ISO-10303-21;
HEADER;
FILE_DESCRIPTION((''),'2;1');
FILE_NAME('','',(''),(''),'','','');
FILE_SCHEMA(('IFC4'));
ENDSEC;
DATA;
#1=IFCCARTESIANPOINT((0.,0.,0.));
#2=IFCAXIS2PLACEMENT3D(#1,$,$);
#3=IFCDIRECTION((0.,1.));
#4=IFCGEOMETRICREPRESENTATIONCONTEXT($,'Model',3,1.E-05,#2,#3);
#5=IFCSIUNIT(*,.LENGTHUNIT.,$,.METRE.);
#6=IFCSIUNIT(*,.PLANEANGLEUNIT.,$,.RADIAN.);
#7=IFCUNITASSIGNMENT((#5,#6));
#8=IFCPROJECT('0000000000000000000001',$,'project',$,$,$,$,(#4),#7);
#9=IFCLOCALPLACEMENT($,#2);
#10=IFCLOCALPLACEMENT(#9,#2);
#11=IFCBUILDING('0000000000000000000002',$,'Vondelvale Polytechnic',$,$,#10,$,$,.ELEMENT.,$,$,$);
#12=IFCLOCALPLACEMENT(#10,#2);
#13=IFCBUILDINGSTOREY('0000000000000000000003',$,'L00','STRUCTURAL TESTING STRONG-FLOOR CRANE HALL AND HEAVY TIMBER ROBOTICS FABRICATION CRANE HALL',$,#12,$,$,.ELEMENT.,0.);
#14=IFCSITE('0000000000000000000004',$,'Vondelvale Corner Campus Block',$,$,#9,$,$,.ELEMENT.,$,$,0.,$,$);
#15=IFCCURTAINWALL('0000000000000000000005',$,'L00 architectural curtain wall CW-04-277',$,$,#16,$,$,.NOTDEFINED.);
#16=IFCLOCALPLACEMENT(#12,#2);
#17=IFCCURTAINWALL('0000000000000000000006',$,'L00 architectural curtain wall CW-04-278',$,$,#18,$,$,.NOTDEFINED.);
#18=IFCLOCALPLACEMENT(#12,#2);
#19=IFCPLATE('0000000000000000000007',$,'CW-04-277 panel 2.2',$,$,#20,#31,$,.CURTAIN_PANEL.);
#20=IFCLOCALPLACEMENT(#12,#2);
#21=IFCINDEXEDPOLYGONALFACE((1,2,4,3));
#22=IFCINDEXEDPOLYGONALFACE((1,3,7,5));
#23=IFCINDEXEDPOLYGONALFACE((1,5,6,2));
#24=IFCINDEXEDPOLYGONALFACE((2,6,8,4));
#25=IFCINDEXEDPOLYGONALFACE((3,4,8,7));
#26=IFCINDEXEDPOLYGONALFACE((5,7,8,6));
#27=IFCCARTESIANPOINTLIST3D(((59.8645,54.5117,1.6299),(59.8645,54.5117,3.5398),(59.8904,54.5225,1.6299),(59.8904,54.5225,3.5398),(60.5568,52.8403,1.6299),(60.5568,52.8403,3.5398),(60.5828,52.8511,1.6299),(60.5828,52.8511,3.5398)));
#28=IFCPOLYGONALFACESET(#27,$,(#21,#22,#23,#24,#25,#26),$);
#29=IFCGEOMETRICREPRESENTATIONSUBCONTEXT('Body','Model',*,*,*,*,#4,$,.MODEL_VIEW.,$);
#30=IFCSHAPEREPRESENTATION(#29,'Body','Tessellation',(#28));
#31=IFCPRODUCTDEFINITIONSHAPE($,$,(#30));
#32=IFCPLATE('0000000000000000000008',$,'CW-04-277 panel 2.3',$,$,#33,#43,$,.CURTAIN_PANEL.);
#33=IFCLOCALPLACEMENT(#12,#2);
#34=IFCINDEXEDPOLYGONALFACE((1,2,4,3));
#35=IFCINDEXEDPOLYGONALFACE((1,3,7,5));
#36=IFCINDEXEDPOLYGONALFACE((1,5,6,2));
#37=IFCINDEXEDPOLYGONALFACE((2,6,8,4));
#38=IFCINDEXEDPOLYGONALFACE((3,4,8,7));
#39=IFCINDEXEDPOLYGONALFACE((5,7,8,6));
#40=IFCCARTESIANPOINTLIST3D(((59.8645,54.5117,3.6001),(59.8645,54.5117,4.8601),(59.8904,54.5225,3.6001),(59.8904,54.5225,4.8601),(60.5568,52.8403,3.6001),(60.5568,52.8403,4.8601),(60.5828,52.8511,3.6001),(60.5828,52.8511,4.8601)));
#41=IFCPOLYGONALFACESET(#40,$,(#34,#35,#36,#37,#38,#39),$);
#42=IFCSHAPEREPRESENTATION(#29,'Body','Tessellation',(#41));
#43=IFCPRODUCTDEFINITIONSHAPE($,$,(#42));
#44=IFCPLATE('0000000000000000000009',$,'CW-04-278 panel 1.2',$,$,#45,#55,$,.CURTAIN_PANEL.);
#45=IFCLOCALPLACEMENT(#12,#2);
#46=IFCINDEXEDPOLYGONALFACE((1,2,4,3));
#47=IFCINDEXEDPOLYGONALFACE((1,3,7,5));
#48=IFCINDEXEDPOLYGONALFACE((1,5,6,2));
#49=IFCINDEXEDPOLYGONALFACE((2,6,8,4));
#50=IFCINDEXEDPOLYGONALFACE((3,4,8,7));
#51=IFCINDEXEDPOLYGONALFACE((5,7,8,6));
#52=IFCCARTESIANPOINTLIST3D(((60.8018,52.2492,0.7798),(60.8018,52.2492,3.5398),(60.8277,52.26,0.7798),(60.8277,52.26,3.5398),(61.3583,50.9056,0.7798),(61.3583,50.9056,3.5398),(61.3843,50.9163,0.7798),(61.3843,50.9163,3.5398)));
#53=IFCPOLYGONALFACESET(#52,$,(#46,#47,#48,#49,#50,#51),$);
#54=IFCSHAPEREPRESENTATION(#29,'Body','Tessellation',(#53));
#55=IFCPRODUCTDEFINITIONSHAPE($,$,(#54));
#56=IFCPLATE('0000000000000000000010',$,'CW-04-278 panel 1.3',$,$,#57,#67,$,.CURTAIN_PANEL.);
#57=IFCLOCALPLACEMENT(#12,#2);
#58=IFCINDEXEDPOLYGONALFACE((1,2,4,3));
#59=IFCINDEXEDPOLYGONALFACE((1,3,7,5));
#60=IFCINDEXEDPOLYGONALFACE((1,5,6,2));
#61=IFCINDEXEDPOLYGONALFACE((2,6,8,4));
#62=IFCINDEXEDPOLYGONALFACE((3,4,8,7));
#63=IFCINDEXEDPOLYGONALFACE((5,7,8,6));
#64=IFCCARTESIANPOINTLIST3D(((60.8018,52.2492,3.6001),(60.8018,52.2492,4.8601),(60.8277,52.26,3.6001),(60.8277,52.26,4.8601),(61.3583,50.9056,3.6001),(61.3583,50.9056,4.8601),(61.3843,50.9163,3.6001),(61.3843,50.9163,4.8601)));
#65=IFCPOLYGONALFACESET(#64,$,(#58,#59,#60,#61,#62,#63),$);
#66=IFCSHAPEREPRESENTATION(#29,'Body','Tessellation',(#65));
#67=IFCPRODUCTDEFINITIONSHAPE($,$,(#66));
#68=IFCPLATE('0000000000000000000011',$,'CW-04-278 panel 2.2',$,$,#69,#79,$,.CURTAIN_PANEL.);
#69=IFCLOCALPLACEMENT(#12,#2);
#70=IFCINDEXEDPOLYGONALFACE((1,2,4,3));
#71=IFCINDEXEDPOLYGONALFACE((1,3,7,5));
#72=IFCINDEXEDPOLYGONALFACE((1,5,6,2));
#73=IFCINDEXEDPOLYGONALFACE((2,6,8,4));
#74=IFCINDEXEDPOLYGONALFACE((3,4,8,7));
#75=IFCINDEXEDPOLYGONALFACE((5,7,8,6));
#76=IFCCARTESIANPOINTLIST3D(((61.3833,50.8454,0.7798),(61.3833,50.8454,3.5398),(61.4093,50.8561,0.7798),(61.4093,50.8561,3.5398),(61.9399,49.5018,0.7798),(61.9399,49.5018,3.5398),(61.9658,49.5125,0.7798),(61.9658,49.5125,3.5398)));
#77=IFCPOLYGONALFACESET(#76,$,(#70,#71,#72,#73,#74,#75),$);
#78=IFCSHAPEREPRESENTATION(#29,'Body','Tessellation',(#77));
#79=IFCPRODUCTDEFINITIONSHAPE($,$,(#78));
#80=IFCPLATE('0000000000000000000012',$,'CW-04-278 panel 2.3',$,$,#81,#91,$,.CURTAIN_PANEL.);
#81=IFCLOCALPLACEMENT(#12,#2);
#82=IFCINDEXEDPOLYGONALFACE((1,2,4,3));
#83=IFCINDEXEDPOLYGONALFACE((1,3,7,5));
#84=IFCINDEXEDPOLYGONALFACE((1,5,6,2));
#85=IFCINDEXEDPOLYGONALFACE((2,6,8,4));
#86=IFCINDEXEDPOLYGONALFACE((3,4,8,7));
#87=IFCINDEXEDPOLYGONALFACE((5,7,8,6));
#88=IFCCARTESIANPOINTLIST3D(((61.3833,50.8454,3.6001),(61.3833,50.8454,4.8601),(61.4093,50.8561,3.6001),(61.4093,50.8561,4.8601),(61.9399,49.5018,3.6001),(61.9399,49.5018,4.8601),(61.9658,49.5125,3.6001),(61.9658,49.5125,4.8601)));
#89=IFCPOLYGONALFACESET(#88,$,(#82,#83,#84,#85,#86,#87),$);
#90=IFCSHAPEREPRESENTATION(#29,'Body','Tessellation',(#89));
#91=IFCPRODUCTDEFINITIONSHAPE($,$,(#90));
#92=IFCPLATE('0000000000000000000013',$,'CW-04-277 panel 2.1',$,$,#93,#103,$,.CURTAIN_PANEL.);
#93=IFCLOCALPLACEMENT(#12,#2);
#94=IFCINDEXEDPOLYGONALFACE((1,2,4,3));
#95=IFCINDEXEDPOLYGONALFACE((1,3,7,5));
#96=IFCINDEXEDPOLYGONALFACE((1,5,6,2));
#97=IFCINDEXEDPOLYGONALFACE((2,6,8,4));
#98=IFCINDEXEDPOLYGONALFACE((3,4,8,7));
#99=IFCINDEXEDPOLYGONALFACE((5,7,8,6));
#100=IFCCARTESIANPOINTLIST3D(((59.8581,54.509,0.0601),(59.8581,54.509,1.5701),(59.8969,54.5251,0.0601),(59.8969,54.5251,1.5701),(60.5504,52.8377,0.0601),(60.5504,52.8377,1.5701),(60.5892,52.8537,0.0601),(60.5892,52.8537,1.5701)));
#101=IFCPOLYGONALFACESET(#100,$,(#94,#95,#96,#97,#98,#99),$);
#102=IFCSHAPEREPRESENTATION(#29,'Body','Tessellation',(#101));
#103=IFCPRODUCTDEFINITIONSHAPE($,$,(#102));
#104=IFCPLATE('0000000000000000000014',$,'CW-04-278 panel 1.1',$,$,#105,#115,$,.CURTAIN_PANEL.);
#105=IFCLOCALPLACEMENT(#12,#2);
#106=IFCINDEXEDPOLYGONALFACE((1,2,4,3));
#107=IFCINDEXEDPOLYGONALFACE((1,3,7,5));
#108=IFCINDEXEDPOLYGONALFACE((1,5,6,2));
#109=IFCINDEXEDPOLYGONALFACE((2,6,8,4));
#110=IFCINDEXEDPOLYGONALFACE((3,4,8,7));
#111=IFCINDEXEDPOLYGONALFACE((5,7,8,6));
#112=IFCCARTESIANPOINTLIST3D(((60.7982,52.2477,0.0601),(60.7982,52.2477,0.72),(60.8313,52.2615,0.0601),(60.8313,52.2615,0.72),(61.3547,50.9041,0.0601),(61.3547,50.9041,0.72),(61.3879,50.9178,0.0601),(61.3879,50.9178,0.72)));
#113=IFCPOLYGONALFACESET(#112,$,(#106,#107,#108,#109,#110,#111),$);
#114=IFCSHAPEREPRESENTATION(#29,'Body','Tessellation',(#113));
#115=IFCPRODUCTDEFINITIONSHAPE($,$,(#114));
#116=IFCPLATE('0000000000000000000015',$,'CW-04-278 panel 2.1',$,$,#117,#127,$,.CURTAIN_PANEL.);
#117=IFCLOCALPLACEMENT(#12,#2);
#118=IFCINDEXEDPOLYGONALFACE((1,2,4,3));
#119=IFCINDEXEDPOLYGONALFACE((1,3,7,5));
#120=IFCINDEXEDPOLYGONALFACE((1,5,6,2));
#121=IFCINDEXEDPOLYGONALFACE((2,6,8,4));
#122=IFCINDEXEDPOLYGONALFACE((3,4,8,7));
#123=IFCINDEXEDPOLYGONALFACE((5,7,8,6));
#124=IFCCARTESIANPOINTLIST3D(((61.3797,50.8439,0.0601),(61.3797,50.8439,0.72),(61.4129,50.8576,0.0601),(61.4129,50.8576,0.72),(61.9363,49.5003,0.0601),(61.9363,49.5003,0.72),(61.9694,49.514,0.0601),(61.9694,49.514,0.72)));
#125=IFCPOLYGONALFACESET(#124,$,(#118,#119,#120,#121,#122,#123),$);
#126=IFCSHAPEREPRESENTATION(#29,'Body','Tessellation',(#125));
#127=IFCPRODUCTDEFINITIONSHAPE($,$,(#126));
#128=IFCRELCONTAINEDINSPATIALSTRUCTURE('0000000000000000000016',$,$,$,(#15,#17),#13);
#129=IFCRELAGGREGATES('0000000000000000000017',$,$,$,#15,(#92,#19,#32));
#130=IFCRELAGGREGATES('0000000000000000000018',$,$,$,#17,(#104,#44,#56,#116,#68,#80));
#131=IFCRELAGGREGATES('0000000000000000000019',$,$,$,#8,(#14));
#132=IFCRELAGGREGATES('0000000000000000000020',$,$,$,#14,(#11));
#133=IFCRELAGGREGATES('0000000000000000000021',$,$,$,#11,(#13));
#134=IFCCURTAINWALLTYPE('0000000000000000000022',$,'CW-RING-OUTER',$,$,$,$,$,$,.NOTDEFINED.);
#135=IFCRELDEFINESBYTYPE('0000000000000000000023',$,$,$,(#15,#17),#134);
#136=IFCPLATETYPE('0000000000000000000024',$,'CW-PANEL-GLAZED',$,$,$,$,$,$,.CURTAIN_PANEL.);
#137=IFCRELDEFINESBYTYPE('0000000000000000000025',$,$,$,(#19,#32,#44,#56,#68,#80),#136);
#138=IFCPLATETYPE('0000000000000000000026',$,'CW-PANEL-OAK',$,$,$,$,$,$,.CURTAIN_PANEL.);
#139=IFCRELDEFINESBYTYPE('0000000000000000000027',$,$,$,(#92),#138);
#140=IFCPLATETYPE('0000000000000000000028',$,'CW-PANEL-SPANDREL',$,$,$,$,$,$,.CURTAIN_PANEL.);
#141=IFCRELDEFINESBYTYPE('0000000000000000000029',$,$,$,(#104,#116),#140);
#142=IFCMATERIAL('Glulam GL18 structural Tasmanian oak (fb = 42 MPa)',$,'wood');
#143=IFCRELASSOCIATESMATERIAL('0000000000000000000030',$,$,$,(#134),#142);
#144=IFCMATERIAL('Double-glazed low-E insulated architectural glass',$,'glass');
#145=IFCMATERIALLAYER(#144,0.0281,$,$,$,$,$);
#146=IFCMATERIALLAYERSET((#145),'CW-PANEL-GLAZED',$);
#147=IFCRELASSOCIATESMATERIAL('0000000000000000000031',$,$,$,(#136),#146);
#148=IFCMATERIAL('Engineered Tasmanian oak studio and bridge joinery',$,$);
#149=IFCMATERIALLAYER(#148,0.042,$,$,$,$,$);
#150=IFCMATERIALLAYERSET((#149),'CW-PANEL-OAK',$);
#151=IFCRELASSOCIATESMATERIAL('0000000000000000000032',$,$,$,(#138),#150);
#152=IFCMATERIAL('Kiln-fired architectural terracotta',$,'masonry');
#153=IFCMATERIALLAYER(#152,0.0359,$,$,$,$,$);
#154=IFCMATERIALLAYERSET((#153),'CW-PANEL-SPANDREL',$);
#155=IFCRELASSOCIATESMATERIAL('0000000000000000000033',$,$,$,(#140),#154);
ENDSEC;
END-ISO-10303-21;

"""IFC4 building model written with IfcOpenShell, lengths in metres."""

from ifc_helpers import new_model, si_unit, direction, frame, origin, origin_2d, place, context, subcontext, project, spatial, rectangle, extrude, material, layer, layer_set, type_object, element, aggregate, save


model = new_model("IFC4")

# Units and contexts
model_context = context("Model", 3, precision=1e-05, world=origin(), true_north=direction((0.0, 1.0)))
body_context = subcontext(model_context, "Body", "Model", "MODEL_VIEW")
ifc_project = project(units=[si_unit("LENGTHUNIT", "METRE"), si_unit("PLANEANGLEUNIT", "RADIAN")], contexts=[model_context])

# Site, building, storey
site_placement = place(None, origin())
site = spatial("IfcSite", under=ifc_project, at=site_placement, Name="Vondelvale Corner Campus Block", CompositionType="ELEMENT", RefElevation=0.0)
building_placement = place(site_placement, origin())
building = spatial("IfcBuilding", under=site, at=building_placement, Name="Vondelvale Polytechnic", CompositionType="ELEMENT")
storey_placement = place(building_placement, origin())
storey = spatial("IfcBuildingStorey", under=building, at=storey_placement, Name="L00", Description="STRUCTURAL TESTING STRONG-FLOOR CRANE HALL AND HEAVY TIMBER ROBOTICS FABRICATION CRANE HALL", CompositionType="ELEMENT", Elevation=0.0)

# Shared definitions
ifc_material_1 = material(Name="Glulam GL18 structural Tasmanian oak (fb = 42 MPa)", Category="wood")

# Curtain wall
curtain_wall_type = type_object("IfcCurtainWallType", Name="CW-RING-OUTER", PredefinedType="NOTDEFINED", material=ifc_material_1)
curtain_wall_1_placement = place(storey_placement, origin())
curtain_wall_1 = element("IfcCurtainWall", 1, at=curtain_wall_1_placement, inside=storey, type_object=curtain_wall_type, Name="L00 architectural curtain wall CW-04-277", PredefinedType="NOTDEFINED")

# Curtain wall
curtain_wall_2_placement = place(storey_placement, origin())
curtain_wall_2 = element("IfcCurtainWall", 2, at=curtain_wall_2_placement, inside=storey, type_object=curtain_wall_type, Name="L00 architectural curtain wall CW-04-278", PredefinedType="NOTDEFINED")

# Plates
ifc_material_2 = material(Name="Double-glazed low-E insulated architectural glass", Category="glass")
ifc_layer_1 = layer(ifc_material_2, 0.0281)
ifc_layer_set_1 = layer_set([ifc_layer_1], Name="CW-PANEL-GLAZED")
plate_type_1 = type_object("IfcPlateType", Name="CW-PANEL-GLAZED", PredefinedType="CURTAIN_PANEL", material=ifc_layer_set_1)
plate_1_placement = place(storey_placement, frame((60.2236, 53.6814, 1.6299), z_axis=(0.0, 0.0, 1.0), x_axis=(0.382695, -0.923875, 0.0)))
plate_1 = element("IfcPlate", 3, at=plate_1_placement, type_object=plate_type_1, Name="CW-04-277 panel 2.2", PredefinedType="CURTAIN_PANEL", context=body_context, shape_type="SweptSolid", body=[
    extrude(rectangle(XDim=1.8091, YDim=0.0281, at=origin_2d()), origin(), (0.0, 0.0, 1.0), 1.9099),
])
plate_2_placement = place(storey_placement, frame((60.2236, 53.6814, 3.6001), z_axis=(0.0, 0.0, 1.0), x_axis=(0.382695, -0.923875, 0.0)))
plate_2 = element("IfcPlate", 4, at=plate_2_placement, type_object=plate_type_1, Name="CW-04-277 panel 2.3", PredefinedType="CURTAIN_PANEL", context=body_context, shape_type="SweptSolid", body=[
    extrude(rectangle(XDim=1.8091, YDim=0.0281, at=origin_2d()), origin(), (0.0, 0.0, 1.0), 1.26),
])
plate_3_placement = place(storey_placement, frame((61.093, 51.5828, 0.7798), z_axis=(0.0, 0.0, 1.0), x_axis=(0.382679, -0.923881, 0.0)))
plate_3 = element("IfcPlate", 5, at=plate_3_placement, type_object=plate_type_1, Name="CW-04-278 panel 1.2", PredefinedType="CURTAIN_PANEL", context=body_context, shape_type="SweptSolid", body=[
    extrude(rectangle(XDim=1.4543, YDim=0.0281, at=origin_2d()), origin(), (0.0, 0.0, 1.0), 2.76),
])
plate_4_placement = place(storey_placement, frame((61.093, 51.5828, 3.6001), z_axis=(0.0, 0.0, 1.0), x_axis=(0.382679, -0.923881, 0.0)))
plate_4 = element("IfcPlate", 6, at=plate_4_placement, type_object=plate_type_1, Name="CW-04-278 panel 1.3", PredefinedType="CURTAIN_PANEL", context=body_context, shape_type="SweptSolid", body=[
    extrude(rectangle(XDim=1.4543, YDim=0.0281, at=origin_2d()), origin(), (0.0, 0.0, 1.0), 1.26),
])
plate_5_placement = place(storey_placement, frame((61.6746, 50.179, 0.7798), z_axis=(0.0, 0.0, 1.0), x_axis=(0.382679, -0.923881, 0.0)))
plate_5 = element("IfcPlate", 7, at=plate_5_placement, type_object=plate_type_1, Name="CW-04-278 panel 2.2", PredefinedType="CURTAIN_PANEL", context=body_context, shape_type="SweptSolid", body=[
    extrude(rectangle(XDim=1.4543, YDim=0.0281, at=origin_2d()), origin(), (0.0, 0.0, 1.0), 2.76),
])
plate_6_placement = place(storey_placement, frame((61.6746, 50.179, 3.6001), z_axis=(0.0, 0.0, 1.0), x_axis=(0.382679, -0.923881, 0.0)))
plate_6 = element("IfcPlate", 8, at=plate_6_placement, type_object=plate_type_1, Name="CW-04-278 panel 2.3", PredefinedType="CURTAIN_PANEL", context=body_context, shape_type="SweptSolid", body=[
    extrude(rectangle(XDim=1.4543, YDim=0.0281, at=origin_2d()), origin(), (0.0, 0.0, 1.0), 1.26),
])
ifc_material_3 = material(Name="Engineered Tasmanian oak studio and bridge joinery")
ifc_layer_2 = layer(ifc_material_3, 0.042)
ifc_layer_set_2 = layer_set([ifc_layer_2], Name="CW-PANEL-OAK")
plate_type_2 = type_object("IfcPlateType", Name="CW-PANEL-OAK", PredefinedType="CURTAIN_PANEL", material=ifc_layer_set_2)
plate_7_placement = place(storey_placement, frame((60.2236, 53.6814, 0.0601), z_axis=(0.0, 0.0, 1.0), x_axis=(0.382695, -0.923875, 0.0)))
plate_7 = element("IfcPlate", 9, at=plate_7_placement, type_object=plate_type_2, Name="CW-04-277 panel 2.1", PredefinedType="CURTAIN_PANEL", context=body_context, shape_type="SweptSolid", body=[
    extrude(rectangle(XDim=1.8091, YDim=0.042, at=origin_2d()), origin(), (0.0, 0.0, 1.0), 1.51),
])
aggregate(curtain_wall_1, [plate_7, plate_1, plate_2])
ifc_material_4 = material(Name="Kiln-fired architectural terracotta", Category="masonry")
ifc_layer_3 = layer(ifc_material_4, 0.0359)
ifc_layer_set_3 = layer_set([ifc_layer_3], Name="CW-PANEL-SPANDREL")
plate_type_3 = type_object("IfcPlateType", Name="CW-PANEL-SPANDREL", PredefinedType="CURTAIN_PANEL", material=ifc_layer_set_3)
plate_8_placement = place(storey_placement, frame((61.093, 51.5828, 0.0601), z_axis=(0.0, 0.0, 1.0), x_axis=(0.382679, -0.923881, 0.0)))
plate_8 = element("IfcPlate", 10, at=plate_8_placement, type_object=plate_type_3, Name="CW-04-278 panel 1.1", PredefinedType="CURTAIN_PANEL", context=body_context, shape_type="SweptSolid", body=[
    extrude(rectangle(XDim=1.4543, YDim=0.0359, at=origin_2d()), origin(), (0.0, 0.0, 1.0), 0.6599),
])
plate_9_placement = place(storey_placement, frame((61.6746, 50.179, 0.0601), z_axis=(0.0, 0.0, 1.0), x_axis=(0.382679, -0.923881, 0.0)))
plate_9 = element("IfcPlate", 11, at=plate_9_placement, type_object=plate_type_3, Name="CW-04-278 panel 2.1", PredefinedType="CURTAIN_PANEL", context=body_context, shape_type="SweptSolid", body=[
    extrude(rectangle(XDim=1.4543, YDim=0.0359, at=origin_2d()), origin(), (0.0, 0.0, 1.0), 0.6599),
])
aggregate(curtain_wall_2, [plate_8, plate_3, plate_4, plate_9, plate_5, plate_6])

save(model, "model.ifc")
